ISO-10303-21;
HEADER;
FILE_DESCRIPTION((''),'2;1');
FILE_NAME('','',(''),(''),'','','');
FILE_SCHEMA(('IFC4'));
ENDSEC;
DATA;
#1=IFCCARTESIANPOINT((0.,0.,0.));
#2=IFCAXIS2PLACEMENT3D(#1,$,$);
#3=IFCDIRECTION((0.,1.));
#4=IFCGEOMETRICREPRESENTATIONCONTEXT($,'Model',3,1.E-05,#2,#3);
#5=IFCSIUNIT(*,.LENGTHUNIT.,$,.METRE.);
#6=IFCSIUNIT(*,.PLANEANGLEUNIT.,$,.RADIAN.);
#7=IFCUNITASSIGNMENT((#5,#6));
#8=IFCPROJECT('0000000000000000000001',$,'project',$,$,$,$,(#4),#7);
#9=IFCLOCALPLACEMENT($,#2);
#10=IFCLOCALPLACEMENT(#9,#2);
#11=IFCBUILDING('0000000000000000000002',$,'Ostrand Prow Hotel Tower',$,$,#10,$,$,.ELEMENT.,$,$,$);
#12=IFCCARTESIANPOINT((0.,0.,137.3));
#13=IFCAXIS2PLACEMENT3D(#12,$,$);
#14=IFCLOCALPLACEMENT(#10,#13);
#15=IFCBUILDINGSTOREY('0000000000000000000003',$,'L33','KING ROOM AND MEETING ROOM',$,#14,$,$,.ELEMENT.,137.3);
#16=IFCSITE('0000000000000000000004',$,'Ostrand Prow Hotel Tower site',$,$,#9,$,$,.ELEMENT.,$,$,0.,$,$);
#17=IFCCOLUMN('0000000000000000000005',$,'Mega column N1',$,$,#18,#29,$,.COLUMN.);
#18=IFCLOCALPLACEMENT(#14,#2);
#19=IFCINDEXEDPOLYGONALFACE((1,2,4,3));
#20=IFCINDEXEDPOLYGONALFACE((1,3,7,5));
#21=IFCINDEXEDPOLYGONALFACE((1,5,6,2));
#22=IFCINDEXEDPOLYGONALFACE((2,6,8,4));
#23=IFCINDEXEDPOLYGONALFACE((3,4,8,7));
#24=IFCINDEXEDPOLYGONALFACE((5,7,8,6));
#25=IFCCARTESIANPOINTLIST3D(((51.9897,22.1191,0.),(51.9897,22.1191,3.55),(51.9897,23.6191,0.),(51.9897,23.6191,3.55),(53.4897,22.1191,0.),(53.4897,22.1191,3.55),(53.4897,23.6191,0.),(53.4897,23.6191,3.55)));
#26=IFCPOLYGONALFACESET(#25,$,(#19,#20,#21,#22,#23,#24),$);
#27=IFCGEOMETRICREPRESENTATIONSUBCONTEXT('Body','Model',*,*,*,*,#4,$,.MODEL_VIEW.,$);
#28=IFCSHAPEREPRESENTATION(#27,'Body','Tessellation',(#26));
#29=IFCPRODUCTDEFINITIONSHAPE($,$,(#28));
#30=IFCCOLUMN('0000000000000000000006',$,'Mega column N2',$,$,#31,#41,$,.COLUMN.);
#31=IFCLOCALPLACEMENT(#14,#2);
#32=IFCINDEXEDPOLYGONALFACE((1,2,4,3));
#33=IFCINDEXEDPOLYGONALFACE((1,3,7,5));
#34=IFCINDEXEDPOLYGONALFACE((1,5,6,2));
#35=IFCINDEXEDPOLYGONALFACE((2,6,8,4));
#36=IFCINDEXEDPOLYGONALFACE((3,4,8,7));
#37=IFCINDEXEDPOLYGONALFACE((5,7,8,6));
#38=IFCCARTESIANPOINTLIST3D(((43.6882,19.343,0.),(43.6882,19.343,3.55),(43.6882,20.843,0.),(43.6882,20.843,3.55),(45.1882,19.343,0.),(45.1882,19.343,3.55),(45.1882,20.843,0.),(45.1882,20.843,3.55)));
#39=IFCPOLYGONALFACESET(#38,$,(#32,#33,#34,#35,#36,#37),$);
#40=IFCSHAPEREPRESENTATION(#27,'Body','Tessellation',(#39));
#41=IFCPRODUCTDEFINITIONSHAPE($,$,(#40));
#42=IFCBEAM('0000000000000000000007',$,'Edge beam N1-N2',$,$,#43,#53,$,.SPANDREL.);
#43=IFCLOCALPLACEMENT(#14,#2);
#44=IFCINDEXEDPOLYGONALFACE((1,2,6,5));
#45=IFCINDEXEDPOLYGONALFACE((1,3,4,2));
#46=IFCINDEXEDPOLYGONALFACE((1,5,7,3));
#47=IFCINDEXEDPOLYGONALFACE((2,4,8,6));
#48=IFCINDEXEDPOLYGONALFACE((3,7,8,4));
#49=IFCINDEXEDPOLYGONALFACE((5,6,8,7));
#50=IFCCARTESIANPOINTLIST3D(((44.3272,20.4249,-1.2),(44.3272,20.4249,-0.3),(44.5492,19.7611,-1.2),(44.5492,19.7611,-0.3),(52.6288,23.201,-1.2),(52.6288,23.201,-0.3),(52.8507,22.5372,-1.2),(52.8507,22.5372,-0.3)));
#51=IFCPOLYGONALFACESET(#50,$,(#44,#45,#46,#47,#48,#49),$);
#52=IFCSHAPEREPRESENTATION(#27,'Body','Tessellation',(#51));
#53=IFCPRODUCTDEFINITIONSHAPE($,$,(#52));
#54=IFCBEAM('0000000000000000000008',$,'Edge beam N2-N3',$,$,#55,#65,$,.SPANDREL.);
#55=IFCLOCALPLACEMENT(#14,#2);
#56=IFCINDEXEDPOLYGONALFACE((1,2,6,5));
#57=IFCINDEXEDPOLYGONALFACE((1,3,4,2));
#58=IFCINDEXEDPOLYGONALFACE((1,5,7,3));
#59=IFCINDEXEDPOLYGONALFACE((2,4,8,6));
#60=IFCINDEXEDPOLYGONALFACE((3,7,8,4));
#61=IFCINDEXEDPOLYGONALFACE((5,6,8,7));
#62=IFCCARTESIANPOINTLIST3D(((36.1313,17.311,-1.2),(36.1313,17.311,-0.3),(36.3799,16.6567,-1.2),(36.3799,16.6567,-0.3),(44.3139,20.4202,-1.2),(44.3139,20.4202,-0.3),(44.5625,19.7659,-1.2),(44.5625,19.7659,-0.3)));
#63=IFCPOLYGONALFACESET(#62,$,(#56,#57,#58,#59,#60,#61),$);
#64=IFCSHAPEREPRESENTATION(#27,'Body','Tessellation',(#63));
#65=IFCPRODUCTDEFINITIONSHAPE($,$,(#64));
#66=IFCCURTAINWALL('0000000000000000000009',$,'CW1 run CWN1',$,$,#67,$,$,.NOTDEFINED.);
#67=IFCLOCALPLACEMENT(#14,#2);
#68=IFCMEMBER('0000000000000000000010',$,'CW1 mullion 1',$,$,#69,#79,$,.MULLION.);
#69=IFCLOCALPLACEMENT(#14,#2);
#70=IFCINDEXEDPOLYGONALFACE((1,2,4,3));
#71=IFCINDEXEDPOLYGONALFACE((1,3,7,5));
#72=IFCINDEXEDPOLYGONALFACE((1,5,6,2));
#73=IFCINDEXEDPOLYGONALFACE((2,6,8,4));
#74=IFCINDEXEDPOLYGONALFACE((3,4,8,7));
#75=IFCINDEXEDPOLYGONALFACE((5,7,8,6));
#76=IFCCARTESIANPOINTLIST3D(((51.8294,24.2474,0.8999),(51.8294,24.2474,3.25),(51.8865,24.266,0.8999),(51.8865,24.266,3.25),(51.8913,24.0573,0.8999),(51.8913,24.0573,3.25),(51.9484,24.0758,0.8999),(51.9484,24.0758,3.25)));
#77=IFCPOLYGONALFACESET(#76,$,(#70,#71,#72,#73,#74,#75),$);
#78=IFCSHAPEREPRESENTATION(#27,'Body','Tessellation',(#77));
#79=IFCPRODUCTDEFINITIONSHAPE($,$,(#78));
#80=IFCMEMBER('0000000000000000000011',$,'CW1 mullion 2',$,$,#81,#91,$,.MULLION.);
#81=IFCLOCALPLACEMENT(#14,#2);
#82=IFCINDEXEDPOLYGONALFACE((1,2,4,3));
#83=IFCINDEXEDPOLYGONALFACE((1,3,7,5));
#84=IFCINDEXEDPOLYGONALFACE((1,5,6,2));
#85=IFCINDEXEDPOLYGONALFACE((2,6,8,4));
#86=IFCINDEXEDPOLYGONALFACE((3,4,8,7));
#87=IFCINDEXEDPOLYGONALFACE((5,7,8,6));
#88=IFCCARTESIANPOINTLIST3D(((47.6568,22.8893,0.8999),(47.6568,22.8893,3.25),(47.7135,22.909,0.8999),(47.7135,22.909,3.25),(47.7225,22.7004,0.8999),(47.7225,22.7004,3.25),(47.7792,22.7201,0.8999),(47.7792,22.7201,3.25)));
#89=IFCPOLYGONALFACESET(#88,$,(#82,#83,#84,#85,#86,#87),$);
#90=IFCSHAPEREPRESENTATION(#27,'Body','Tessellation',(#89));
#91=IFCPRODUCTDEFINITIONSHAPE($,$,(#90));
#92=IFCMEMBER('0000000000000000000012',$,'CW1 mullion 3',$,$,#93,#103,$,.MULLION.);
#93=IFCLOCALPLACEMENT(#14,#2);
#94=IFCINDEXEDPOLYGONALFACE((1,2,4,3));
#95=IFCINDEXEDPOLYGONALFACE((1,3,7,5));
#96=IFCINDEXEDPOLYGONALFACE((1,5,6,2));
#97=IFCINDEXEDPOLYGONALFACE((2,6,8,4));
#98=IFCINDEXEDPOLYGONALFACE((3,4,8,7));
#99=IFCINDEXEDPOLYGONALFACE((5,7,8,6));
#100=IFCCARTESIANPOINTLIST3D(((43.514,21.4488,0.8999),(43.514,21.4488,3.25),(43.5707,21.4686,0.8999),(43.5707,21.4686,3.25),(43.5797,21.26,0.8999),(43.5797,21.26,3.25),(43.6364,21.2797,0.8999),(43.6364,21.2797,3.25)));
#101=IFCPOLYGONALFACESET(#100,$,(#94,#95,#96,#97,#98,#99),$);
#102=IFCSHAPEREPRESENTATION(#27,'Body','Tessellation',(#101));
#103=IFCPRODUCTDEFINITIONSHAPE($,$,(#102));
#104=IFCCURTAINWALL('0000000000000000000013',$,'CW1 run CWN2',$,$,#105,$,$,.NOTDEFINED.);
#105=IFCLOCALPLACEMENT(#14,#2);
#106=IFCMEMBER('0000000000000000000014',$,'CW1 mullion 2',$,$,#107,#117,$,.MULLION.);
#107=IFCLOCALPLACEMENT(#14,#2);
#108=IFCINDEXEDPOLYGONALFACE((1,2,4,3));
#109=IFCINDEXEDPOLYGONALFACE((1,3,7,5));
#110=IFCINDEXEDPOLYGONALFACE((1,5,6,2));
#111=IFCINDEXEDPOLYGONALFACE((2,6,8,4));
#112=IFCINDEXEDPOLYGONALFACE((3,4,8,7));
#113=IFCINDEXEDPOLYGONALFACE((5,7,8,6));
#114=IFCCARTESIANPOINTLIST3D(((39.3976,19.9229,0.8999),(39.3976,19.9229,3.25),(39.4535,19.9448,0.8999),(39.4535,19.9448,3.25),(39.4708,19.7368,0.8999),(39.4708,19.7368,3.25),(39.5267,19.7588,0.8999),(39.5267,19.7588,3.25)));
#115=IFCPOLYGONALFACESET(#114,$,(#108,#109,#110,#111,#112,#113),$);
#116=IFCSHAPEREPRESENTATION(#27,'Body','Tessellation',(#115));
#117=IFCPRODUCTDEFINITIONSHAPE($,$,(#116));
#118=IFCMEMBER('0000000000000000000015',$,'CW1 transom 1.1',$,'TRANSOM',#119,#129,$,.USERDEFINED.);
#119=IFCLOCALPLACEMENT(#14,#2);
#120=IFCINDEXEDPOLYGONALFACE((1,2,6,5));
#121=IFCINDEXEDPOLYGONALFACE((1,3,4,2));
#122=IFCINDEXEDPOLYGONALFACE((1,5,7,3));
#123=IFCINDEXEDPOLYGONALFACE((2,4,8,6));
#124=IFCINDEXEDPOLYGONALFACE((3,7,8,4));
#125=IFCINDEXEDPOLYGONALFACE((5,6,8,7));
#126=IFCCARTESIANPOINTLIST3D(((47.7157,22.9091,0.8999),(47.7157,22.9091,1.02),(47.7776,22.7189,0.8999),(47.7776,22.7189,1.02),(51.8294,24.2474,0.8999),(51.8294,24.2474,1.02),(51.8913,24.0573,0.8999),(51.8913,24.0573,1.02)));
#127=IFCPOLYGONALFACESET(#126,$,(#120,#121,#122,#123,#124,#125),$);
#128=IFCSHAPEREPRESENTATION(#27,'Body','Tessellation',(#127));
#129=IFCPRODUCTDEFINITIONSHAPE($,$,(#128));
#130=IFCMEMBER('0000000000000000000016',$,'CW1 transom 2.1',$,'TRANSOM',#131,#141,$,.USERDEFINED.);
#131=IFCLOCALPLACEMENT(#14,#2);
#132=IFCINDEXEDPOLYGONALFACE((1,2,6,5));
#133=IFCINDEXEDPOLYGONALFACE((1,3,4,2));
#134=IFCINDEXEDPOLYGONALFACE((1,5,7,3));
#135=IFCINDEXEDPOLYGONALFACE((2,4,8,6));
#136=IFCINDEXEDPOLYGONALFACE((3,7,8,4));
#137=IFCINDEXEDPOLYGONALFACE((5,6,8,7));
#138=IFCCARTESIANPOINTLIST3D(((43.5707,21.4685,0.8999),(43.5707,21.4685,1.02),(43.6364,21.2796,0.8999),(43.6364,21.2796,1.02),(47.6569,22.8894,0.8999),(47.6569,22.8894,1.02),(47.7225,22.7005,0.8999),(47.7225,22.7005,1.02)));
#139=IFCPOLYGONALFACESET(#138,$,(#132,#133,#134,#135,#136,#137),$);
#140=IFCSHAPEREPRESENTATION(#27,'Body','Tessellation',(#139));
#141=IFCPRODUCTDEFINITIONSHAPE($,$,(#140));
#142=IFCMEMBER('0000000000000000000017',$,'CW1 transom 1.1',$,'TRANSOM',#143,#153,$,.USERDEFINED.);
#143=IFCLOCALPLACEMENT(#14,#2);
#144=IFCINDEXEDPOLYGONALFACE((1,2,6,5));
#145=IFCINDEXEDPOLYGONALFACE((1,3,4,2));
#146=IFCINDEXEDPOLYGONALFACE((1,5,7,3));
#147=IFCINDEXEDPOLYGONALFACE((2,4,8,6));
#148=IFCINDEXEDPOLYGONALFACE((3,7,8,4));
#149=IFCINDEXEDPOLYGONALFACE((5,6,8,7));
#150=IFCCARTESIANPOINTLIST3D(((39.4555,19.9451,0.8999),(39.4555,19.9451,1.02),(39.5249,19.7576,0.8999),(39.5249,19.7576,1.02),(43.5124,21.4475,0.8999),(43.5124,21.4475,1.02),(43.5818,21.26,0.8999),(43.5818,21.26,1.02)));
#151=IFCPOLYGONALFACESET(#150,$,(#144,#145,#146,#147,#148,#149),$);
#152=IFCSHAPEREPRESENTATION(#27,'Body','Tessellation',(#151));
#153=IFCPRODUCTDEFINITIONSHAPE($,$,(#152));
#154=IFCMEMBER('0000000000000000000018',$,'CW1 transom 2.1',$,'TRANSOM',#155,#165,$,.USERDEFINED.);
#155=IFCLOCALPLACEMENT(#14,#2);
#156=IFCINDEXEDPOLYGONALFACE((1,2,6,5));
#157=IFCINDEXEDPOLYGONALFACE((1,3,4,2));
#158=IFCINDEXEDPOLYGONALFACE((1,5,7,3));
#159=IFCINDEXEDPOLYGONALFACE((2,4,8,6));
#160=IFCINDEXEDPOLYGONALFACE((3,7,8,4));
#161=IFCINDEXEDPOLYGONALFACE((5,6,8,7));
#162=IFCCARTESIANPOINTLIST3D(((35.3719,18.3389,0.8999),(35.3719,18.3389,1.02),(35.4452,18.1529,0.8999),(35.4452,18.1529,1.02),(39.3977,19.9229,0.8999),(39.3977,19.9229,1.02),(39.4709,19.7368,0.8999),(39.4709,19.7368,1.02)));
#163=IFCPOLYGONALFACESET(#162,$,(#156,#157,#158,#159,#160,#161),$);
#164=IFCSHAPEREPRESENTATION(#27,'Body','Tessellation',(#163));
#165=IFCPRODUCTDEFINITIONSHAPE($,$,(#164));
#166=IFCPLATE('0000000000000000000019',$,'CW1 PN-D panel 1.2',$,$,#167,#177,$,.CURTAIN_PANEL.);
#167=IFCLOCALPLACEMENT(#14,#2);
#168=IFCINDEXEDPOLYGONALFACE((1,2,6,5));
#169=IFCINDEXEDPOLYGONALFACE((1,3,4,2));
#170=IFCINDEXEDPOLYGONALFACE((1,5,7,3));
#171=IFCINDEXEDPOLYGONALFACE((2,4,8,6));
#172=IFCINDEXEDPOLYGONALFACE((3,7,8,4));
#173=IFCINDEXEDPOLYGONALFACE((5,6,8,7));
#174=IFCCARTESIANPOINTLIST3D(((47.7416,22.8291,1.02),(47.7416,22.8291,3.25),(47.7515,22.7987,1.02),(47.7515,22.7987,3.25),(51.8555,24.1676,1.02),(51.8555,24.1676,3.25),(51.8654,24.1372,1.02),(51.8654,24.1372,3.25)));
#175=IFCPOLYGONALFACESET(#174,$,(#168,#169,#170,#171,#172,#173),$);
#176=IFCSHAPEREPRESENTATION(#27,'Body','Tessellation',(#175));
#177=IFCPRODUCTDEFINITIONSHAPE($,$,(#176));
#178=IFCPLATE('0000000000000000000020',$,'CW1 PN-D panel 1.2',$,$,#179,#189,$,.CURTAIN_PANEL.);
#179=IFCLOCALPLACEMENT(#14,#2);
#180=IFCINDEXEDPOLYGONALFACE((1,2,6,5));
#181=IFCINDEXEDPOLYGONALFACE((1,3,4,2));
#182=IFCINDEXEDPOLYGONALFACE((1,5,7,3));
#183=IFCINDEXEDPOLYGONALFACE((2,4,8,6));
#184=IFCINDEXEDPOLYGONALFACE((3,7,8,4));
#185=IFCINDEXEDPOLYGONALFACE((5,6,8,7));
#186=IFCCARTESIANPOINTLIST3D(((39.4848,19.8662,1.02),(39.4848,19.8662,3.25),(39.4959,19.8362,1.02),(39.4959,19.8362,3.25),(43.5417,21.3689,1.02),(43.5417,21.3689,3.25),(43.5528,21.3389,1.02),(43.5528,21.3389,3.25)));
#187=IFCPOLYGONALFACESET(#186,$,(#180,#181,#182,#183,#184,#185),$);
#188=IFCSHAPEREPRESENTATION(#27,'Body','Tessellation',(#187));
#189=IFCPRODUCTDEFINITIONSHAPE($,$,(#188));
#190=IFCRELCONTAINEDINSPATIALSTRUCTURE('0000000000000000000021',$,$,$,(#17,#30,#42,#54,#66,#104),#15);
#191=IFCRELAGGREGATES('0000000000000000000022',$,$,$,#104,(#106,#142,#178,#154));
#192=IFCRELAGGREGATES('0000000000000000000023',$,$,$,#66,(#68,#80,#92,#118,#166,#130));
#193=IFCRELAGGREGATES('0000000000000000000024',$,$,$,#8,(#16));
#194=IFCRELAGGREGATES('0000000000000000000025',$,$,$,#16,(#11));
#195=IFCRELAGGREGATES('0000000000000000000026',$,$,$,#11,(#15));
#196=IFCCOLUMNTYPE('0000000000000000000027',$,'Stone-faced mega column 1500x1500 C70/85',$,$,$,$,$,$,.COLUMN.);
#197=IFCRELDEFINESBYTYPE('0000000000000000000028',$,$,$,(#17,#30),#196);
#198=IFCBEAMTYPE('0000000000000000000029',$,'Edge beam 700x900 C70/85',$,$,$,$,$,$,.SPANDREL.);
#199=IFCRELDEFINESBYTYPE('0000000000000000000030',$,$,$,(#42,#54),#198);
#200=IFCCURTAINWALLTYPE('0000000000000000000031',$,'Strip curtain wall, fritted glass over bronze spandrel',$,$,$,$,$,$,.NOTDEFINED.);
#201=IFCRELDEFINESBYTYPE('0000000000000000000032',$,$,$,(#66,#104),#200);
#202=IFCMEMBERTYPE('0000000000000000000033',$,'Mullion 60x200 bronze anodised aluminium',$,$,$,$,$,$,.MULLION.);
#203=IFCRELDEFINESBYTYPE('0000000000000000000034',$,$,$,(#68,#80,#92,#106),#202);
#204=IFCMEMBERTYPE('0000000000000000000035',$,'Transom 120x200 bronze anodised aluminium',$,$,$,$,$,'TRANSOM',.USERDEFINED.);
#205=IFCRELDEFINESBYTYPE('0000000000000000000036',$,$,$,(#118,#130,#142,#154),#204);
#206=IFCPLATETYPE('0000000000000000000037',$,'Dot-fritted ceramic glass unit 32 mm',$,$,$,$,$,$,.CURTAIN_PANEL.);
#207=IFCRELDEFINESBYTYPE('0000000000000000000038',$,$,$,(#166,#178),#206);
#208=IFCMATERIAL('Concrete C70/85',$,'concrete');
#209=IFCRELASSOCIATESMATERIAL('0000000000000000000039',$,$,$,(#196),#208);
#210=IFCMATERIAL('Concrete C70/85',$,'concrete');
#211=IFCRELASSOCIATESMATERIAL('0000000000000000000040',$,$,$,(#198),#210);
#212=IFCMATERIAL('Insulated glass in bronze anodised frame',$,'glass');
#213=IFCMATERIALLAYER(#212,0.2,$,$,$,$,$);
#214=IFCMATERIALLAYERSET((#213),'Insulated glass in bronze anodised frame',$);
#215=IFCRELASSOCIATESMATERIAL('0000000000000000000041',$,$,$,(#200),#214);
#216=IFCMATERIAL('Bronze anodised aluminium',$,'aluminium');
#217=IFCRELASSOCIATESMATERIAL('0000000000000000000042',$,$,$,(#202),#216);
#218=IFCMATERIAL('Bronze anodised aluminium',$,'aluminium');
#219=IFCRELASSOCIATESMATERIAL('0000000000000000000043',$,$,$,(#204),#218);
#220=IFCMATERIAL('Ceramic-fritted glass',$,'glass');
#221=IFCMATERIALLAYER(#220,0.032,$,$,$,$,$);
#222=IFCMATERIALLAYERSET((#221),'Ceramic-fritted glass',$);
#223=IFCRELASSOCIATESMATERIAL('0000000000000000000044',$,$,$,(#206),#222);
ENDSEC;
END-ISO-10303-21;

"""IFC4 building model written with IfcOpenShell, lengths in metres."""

from ifc_helpers import new_model, si_unit, direction, frame, origin, origin_2d, place, context, subcontext, project, spatial, rectangle, extrude, material, layer, layer_set, material_profile, profile_set, type_object, element, aggregate, save


model = new_model("IFC4")

# Units and contexts
model_context = context("Model", 3, precision=1e-05, world=origin(), true_north=direction((0.0, 1.0)))
body_context = subcontext(model_context, "Body", "Model", "MODEL_VIEW")
ifc_project = project(units=[si_unit("LENGTHUNIT", "METRE"), si_unit("PLANEANGLEUNIT", "RADIAN")], contexts=[model_context])

# Site, building, storey
site_placement = place(None, origin())
site = spatial("IfcSite", under=ifc_project, at=site_placement, Name="Ostrand Prow Hotel Tower site", CompositionType="ELEMENT", RefElevation=0.0)
building_placement = place(site_placement, origin())
building = spatial("IfcBuilding", under=site, at=building_placement, Name="Ostrand Prow Hotel Tower", CompositionType="ELEMENT")
storey_placement = place(building_placement, frame((0.0, 0.0, 137.3)))
storey = spatial("IfcBuildingStorey", under=building, at=storey_placement, Name="L33", Description="KING ROOM AND MEETING ROOM", CompositionType="ELEMENT", Elevation=137.3)

# Columns
ifc_material_1 = material(Name="Concrete C70/85", Category="concrete")
ifc_material_profile_1 = material_profile(ifc_material_1, rectangle(XDim=1.5, YDim=1.5, at=origin_2d()), Name="RC 1500x1500")
ifc_profile_set_1 = profile_set([ifc_material_profile_1], Name="Concrete C70/85")
column_type = type_object("IfcColumnType", Name="Stone-faced mega column 1500x1500 C70/85", PredefinedType="COLUMN", material=ifc_profile_set_1)
for number, where, z_axis, x_axis, name in (
    (1, (52.7397, 22.8691, 0.0), (0.0, 0.0, 1.0), (1.0, 0.0, 0.0), "Mega column N1"),
    (2, (44.4382, 20.093, 0.0), (0.0, 0.0, 1.0), (1.0, 0.0, 0.0), "Mega column N2"),
):
    element("IfcColumn", number, at=place(storey_placement, frame(where, z_axis=z_axis, x_axis=x_axis)), inside=storey, type_object=column_type, Name=name, PredefinedType="COLUMN", context=body_context, shape_type="SweptSolid", body=[
        extrude(rectangle(XDim=1.5, YDim=1.5, at=origin_2d()), origin(), (0.0, 0.0, 1.0), 3.55),
    ])

# Beams
ifc_material_2 = material(Name="Concrete C70/85", Category="concrete")
ifc_material_profile_2 = material_profile(ifc_material_2, rectangle(XDim=0.7, YDim=0.8999, at=origin_2d()), Name="RC 700x900")
ifc_profile_set_2 = profile_set([ifc_material_profile_2], Name="Concrete C70/85")
beam_type = type_object("IfcBeamType", Name="Edge beam 700x900 C70/85", PredefinedType="SPANDREL", material=ifc_profile_set_2)
for number, where, z_axis, x_axis, name in (
    (3, (52.7397, 22.8691, -0.75), (-0.948376, -0.317148, 0.0), (0.317148, -0.948376, 0.0), "Edge beam N1-N2"),
    (4, (44.4382, 20.093, -0.75), (-0.934794, -0.355191, 0.0), (0.355191, -0.934794, 0.0), "Edge beam N2-N3"),
):
    element("IfcBeam", number, at=place(storey_placement, frame(where, z_axis=z_axis, x_axis=x_axis)), inside=storey, type_object=beam_type, Name=name, PredefinedType="SPANDREL", context=body_context, shape_type="SweptSolid", body=[
        extrude(rectangle(XDim=0.7, YDim=0.8999, at=origin_2d()), origin(), (0.0, 0.0, 1.0), 8.7534),
    ])

# Curtain wall, members
ifc_material_3 = material(Name="Insulated glass in bronze anodised frame", Category="glass")
ifc_layer_1 = layer(ifc_material_3, 0.2)
ifc_layer_set_1 = layer_set([ifc_layer_1], Name="Insulated glass in bronze anodised frame")
curtain_wall_type = type_object("IfcCurtainWallType", Name="Strip curtain wall, fritted glass over bronze spandrel", PredefinedType="NOTDEFINED", material=ifc_layer_set_1)
curtain_wall_1_placement = place(storey_placement, origin())
curtain_wall_1 = element("IfcCurtainWall", 5, at=curtain_wall_1_placement, inside=storey, type_object=curtain_wall_type, Name="CW1 run CWN1", PredefinedType="NOTDEFINED")
ifc_material_4 = material(Name="Bronze anodised aluminium", Category="aluminium")
ifc_material_profile_3 = material_profile(ifc_material_4, rectangle(XDim=0.2, YDim=0.0601, at=origin_2d()), Name="Mullion 60x200 bronze anodised aluminium")
ifc_profile_set_3 = profile_set([ifc_material_profile_3], Name="Bronze anodised aluminium")
member_type_1 = type_object("IfcMemberType", Name="Mullion 60x200 bronze anodised aluminium", PredefinedType="MULLION", material=ifc_profile_set_3)
member_1_placement = place(storey_placement, frame((51.8889, 24.1616, 0.8999), z_axis=(0.0, 0.0, 1.0), x_axis=(0.30938, -0.950938, 0.0)))
member_1 = element("IfcMember", 6, at=member_1_placement, type_object=member_type_1, Name="CW1 mullion 1", PredefinedType="MULLION", context=body_context, shape_type="SweptSolid", body=[
    extrude(rectangle(XDim=0.2, YDim=0.0601, at=origin_2d()), origin(), (0.0, 0.0, 1.0), 2.3501),
])
member_2_placement = place(storey_placement, frame((47.718, 22.8047, 0.8999), z_axis=(0.0, 0.0, 1.0), x_axis=(0.328428, -0.944529, 0.0)))
member_2 = element("IfcMember", 7, at=member_2_placement, type_object=member_type_1, Name="CW1 mullion 2", PredefinedType="MULLION", context=body_context, shape_type="SweptSolid", body=[
    extrude(rectangle(XDim=0.2, YDim=0.0601, at=origin_2d()), origin(), (0.0, 0.0, 1.0), 2.3501),
])
member_3_placement = place(storey_placement, frame((43.5752, 21.3643, 0.8999), z_axis=(0.0, 0.0, 1.0), x_axis=(0.328428, -0.944529, 0.0)))
member_3 = element("IfcMember", 8, at=member_3_placement, type_object=member_type_1, Name="CW1 mullion 3", PredefinedType="MULLION", context=body_context, shape_type="SweptSolid", body=[
    extrude(rectangle(XDim=0.2, YDim=0.0601, at=origin_2d()), origin(), (0.0, 0.0, 1.0), 2.3501),
])

# Curtain wall, member
curtain_wall_2_placement = place(storey_placement, origin())
curtain_wall_2 = element("IfcCurtainWall", 9, at=curtain_wall_2_placement, inside=storey, type_object=curtain_wall_type, Name="CW1 run CWN2", PredefinedType="NOTDEFINED")
member_4_placement = place(storey_placement, frame((39.4622, 19.8408, 0.8999), z_axis=(0.0, 0.0, 1.0), x_axis=(0.366116, -0.930569, 0.0)))
member_4 = element("IfcMember", 10, at=member_4_placement, type_object=member_type_1, Name="CW1 mullion 2", PredefinedType="MULLION", context=body_context, shape_type="SweptSolid", body=[
    extrude(rectangle(XDim=0.2, YDim=0.0601, at=origin_2d()), origin(), (0.0, 0.0, 1.0), 2.3501),
])

# Members
ifc_material_5 = material(Name="Bronze anodised aluminium", Category="aluminium")
ifc_material_profile_4 = material_profile(ifc_material_5, rectangle(XDim=0.2, YDim=0.1201, at=origin_2d()), Name="Transom 120x200 bronze anodised aluminium")
ifc_profile_set_4 = profile_set([ifc_material_profile_4], Name="Bronze anodised aluminium")
member_type_2 = type_object("IfcMemberType", Name="Transom 120x200 bronze anodised aluminium", ElementType="TRANSOM", PredefinedType="USERDEFINED", material=ifc_profile_set_4)
member_5_placement = place(storey_placement, frame((51.8604, 24.1523, 0.96), z_axis=(-0.950939, -0.30938, 0.0), x_axis=(0.30938, -0.950939, 0.0)))
member_5 = element("IfcMember", 11, at=member_5_placement, type_object=member_type_2, Name="CW1 transom 1.1", ObjectType="TRANSOM", PredefinedType="USERDEFINED", context=body_context, shape_type="SweptSolid", body=[
    extrude(rectangle(XDim=0.2, YDim=0.1201, at=origin_2d()), origin(), (0.0, 0.0, 1.0), 4.3259),
])
member_6_placement = place(storey_placement, frame((47.6897, 22.7949, 0.96), z_axis=(-0.944524, -0.328442, 0.0), x_axis=(0.328442, -0.944524, 0.0)))
member_6 = element("IfcMember", 12, at=member_6_placement, type_object=member_type_2, Name="CW1 transom 2.1", ObjectType="TRANSOM", PredefinedType="USERDEFINED", context=body_context, shape_type="SweptSolid", body=[
    extrude(rectangle(XDim=0.2, YDim=0.1201, at=origin_2d()), origin(), (0.0, 0.0, 1.0), 4.3262),
])
member_7_placement = place(storey_placement, frame((43.5471, 21.3538, 0.96), z_axis=(-0.937757, -0.347292, 0.0), x_axis=(0.347292, -0.937757, 0.0)))
member_7 = element("IfcMember", 13, at=member_7_placement, type_object=member_type_2, Name="CW1 transom 1.1", ObjectType="TRANSOM", PredefinedType="USERDEFINED", context=body_context, shape_type="SweptSolid", body=[
    extrude(rectangle(XDim=0.2, YDim=0.1201, at=origin_2d()), origin(), (0.0, 0.0, 1.0), 4.3262),
])
member_8_placement = place(storey_placement, frame((39.4343, 19.8298, 0.96), z_axis=(-0.930563, -0.366131, 0.0), x_axis=(0.366131, -0.930563, 0.0)))
member_8 = element("IfcMember", 14, at=member_8_placement, type_object=member_type_2, Name="CW1 transom 2.1", ObjectType="TRANSOM", PredefinedType="USERDEFINED", context=body_context, shape_type="SweptSolid", body=[
    extrude(rectangle(XDim=0.2, YDim=0.1201, at=origin_2d()), origin(), (0.0, 0.0, 1.0), 4.3262),
])

# Plates
ifc_material_6 = material(Name="Ceramic-fritted glass", Category="glass")
ifc_layer_2 = layer(ifc_material_6, 0.032)
ifc_layer_set_2 = layer_set([ifc_layer_2], Name="Ceramic-fritted glass")
plate_type_1 = type_object("IfcPlateType", Name="Dot-fritted ceramic glass unit 32 mm", PredefinedType="CURTAIN_PANEL", material=ifc_layer_set_2)
plate_1_placement = place(storey_placement, frame((49.8035, 23.4832, 1.02), z_axis=(0.0, 0.0, 1.0), x_axis=(-0.950938, -0.30938, 0.0)))
plate_1 = element("IfcPlate", 15, at=plate_1_placement, type_object=plate_type_1, Name="CW1 PN-D panel 1.2", PredefinedType="CURTAIN_PANEL", context=body_context, shape_type="SweptSolid", body=[
    extrude(rectangle(XDim=4.3262, YDim=0.032, at=origin_2d()), origin(), (0.0, 0.0, 1.0), 2.23),
])
plate_2_placement = place(storey_placement, frame((41.5188, 20.6025, 1.02), z_axis=(0.0, 0.0, 1.0), x_axis=(-0.937739, -0.347342, 0.0)))
plate_2 = element("IfcPlate", 16, at=plate_2_placement, type_object=plate_type_1, Name="CW1 PN-D panel 1.2", PredefinedType="CURTAIN_PANEL", context=body_context, shape_type="SweptSolid", body=[
    extrude(rectangle(XDim=4.3262, YDim=0.032, at=origin_2d()), origin(), (0.0, 0.0, 1.0), 2.23),
])
aggregate(curtain_wall_2, [member_4, member_7, plate_2, member_8])
aggregate(curtain_wall_1, [member_1, member_2, member_3, member_5, plate_1, member_6])

save(model, "model.ifc")
